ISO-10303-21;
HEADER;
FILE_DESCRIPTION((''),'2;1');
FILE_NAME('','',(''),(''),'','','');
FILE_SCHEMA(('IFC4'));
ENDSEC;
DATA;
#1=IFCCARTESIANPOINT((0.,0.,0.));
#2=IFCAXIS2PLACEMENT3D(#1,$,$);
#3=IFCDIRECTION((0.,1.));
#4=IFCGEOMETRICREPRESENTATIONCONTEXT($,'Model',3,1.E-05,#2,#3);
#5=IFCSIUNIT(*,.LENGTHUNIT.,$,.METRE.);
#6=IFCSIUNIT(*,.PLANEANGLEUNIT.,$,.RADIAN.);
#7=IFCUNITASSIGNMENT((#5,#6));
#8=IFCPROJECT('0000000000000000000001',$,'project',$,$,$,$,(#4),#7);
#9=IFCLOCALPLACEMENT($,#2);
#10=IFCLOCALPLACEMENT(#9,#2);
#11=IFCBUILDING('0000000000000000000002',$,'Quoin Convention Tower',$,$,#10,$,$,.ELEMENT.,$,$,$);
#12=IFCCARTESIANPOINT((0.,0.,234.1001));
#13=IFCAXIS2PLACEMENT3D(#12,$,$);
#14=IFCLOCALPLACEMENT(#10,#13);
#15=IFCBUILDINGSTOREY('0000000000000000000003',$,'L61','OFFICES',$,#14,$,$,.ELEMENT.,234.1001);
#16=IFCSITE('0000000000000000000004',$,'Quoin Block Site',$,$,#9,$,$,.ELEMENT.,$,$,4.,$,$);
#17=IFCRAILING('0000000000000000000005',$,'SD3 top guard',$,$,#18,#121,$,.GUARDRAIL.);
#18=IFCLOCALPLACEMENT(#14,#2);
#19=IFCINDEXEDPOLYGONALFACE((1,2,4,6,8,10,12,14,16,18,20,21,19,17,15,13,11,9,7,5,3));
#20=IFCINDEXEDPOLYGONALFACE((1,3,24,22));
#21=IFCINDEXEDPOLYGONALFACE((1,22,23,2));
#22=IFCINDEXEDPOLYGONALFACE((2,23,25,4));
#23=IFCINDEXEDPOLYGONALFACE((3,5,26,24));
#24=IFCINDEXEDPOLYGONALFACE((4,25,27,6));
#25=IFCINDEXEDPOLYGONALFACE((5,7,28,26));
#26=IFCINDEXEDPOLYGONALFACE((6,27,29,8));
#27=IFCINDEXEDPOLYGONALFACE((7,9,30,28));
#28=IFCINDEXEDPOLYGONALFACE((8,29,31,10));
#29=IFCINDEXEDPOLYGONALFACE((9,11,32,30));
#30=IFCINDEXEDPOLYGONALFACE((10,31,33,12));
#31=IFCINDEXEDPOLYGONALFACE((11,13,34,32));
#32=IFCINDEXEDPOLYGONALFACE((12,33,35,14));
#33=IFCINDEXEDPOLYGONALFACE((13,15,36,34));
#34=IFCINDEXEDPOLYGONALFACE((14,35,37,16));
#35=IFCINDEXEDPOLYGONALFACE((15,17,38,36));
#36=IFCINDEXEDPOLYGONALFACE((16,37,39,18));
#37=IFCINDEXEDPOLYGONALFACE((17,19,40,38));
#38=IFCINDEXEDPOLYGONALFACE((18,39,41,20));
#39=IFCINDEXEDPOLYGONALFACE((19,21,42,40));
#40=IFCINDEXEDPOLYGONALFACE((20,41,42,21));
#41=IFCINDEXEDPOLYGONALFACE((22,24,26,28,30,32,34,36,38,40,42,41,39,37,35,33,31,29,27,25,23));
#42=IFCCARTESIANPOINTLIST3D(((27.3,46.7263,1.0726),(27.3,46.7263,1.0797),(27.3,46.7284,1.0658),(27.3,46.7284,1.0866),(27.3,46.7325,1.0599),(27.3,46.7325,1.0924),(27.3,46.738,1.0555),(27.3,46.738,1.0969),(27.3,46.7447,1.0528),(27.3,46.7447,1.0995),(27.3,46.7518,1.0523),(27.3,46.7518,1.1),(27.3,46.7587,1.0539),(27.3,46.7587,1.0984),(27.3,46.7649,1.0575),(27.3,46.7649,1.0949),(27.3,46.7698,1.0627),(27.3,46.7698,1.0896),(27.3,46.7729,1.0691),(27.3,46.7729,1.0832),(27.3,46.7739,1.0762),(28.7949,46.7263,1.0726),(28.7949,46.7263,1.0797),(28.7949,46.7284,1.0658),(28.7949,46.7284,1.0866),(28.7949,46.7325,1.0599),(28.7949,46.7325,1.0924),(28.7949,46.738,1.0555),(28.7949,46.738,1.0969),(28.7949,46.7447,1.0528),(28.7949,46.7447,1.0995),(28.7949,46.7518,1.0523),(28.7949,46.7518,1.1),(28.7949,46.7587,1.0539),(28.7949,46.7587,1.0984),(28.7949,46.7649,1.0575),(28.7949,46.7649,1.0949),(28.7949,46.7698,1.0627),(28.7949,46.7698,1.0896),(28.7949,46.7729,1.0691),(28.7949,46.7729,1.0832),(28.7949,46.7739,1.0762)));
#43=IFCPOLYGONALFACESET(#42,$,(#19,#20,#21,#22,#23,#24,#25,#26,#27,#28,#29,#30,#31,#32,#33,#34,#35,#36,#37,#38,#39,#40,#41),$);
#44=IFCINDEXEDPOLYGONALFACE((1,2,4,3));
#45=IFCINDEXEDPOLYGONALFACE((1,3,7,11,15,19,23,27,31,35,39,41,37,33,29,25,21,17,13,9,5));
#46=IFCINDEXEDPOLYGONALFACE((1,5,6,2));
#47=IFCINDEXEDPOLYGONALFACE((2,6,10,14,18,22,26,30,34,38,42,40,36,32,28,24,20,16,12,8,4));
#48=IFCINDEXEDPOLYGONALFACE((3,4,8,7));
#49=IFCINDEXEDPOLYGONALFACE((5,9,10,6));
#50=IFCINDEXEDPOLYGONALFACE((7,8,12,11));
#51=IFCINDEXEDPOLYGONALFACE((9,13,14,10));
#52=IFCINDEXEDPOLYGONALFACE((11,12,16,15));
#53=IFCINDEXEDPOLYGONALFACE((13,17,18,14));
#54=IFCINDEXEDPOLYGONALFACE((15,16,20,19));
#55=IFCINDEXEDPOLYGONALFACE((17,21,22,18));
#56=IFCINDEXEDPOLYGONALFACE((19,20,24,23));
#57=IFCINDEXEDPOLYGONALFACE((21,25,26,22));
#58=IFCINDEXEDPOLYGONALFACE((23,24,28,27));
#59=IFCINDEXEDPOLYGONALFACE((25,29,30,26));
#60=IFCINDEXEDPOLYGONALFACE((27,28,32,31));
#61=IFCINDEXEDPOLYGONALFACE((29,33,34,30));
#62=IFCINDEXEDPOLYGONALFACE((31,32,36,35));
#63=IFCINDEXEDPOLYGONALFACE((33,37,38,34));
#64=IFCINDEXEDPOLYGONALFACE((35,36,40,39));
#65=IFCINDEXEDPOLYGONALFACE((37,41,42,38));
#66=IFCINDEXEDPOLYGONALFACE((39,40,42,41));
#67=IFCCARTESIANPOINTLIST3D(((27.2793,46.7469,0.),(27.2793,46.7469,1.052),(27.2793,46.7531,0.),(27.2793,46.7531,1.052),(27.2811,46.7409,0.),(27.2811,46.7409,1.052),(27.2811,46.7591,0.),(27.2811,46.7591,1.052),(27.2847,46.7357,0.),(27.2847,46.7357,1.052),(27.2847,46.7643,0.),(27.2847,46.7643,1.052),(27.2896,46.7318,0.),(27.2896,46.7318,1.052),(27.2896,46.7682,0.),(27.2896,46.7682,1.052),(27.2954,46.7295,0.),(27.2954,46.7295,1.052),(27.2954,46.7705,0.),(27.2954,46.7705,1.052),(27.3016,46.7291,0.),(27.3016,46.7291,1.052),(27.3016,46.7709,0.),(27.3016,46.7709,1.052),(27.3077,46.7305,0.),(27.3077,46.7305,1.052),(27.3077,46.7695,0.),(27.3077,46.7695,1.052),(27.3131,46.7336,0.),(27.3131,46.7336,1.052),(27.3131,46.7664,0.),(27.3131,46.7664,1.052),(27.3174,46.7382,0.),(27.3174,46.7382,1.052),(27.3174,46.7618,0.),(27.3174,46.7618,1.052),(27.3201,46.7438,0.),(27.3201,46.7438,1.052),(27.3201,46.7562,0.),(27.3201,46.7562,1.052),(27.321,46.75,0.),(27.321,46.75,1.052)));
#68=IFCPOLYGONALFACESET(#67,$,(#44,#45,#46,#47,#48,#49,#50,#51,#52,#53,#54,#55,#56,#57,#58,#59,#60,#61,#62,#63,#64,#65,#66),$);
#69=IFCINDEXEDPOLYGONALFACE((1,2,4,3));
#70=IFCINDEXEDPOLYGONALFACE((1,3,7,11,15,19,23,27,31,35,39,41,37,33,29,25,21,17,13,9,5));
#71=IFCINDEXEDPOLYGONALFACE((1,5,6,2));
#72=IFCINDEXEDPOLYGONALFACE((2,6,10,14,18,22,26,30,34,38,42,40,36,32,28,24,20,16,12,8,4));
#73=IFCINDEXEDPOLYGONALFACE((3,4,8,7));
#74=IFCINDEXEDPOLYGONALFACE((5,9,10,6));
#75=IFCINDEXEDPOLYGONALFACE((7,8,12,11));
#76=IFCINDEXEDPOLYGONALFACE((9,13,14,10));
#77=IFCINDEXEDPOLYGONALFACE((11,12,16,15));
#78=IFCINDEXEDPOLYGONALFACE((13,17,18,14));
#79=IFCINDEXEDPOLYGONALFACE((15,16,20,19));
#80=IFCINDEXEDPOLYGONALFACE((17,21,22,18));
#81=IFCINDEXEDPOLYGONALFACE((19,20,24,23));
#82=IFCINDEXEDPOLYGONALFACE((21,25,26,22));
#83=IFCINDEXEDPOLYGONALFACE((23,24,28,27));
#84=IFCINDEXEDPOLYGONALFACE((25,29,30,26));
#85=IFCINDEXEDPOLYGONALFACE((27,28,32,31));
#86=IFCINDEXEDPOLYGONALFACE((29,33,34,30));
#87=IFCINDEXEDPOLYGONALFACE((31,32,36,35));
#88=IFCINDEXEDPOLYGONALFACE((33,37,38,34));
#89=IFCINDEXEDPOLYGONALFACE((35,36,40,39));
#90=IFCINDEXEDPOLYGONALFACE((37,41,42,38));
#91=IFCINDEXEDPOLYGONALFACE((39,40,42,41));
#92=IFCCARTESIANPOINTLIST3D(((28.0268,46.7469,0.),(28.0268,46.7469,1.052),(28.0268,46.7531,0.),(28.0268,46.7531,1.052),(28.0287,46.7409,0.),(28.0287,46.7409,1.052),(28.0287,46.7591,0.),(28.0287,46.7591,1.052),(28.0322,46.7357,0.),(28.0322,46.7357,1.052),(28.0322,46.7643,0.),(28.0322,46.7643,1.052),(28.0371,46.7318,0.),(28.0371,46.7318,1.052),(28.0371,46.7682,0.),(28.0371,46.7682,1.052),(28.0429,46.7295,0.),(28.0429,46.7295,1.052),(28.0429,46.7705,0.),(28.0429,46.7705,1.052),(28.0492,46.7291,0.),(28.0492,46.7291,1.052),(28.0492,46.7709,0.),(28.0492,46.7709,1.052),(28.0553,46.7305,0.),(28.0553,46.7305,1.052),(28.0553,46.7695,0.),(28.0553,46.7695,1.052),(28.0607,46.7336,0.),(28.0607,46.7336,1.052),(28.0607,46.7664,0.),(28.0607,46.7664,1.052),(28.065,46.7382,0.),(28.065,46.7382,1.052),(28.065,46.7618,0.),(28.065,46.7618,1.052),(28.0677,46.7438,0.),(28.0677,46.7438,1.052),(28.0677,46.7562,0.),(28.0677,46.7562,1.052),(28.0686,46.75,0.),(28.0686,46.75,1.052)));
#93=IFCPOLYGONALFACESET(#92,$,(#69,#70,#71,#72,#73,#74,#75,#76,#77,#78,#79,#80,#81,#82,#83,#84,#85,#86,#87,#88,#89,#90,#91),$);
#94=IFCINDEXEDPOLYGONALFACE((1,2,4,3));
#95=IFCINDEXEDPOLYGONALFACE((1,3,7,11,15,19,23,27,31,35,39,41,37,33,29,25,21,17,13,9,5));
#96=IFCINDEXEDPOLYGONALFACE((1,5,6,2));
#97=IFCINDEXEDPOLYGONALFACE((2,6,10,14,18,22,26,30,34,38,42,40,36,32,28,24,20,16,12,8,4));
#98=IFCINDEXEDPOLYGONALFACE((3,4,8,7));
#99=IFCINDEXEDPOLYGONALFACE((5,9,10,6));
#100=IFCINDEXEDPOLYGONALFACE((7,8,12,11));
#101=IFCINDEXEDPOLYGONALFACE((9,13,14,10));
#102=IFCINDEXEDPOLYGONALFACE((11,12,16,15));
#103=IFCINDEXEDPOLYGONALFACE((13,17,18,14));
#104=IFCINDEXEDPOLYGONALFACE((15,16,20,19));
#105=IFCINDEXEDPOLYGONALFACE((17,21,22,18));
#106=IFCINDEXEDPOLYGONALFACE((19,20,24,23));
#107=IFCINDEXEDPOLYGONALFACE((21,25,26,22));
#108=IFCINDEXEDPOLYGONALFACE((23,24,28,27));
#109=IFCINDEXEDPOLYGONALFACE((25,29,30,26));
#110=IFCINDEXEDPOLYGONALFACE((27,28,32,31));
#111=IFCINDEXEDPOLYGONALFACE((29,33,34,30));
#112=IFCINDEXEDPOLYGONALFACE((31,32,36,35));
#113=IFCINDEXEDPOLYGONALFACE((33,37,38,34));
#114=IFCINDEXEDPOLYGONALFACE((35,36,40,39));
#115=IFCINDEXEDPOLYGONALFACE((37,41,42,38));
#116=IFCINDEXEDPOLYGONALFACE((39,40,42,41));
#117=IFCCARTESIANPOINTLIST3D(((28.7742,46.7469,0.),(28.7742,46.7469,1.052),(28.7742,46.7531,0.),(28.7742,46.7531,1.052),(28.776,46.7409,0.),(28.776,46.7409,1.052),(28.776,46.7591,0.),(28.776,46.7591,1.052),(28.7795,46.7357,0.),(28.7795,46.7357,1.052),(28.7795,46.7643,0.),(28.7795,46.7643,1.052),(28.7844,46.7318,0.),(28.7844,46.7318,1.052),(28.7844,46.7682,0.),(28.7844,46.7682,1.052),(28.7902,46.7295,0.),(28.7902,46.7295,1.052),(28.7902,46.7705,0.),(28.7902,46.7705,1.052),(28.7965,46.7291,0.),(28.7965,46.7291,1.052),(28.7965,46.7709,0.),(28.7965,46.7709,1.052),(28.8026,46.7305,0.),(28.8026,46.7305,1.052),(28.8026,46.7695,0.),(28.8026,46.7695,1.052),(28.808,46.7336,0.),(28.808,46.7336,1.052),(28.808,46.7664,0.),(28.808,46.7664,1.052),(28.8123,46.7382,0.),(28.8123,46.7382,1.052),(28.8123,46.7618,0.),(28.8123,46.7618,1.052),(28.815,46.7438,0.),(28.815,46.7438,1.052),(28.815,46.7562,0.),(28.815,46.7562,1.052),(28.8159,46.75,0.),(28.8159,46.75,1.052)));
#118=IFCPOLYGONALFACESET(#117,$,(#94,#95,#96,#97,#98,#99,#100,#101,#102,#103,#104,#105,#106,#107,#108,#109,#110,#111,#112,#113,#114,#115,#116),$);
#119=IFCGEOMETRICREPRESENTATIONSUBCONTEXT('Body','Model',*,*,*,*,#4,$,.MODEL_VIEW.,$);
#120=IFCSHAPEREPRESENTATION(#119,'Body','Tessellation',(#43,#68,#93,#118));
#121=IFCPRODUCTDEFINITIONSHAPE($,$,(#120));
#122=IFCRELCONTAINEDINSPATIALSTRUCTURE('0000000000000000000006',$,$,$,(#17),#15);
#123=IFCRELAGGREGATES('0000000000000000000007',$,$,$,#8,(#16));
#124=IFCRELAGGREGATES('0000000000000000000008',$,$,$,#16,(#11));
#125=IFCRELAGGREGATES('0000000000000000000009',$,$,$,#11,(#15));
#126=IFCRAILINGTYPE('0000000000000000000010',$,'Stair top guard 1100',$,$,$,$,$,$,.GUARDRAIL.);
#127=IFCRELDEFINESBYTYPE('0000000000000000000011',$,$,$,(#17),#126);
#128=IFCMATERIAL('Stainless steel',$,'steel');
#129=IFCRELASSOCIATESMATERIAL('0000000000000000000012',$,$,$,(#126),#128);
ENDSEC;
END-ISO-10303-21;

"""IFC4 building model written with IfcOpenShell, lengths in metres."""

from ifc_helpers import new_model, si_unit, direction, frame, origin, origin_2d, place, context, subcontext, project, spatial, circle, extrude, material, type_object, element, save


model = new_model("IFC4")

# Units and contexts
model_context = context("Model", 3, precision=1e-05, world=origin(), true_north=direction((0.0, 1.0)))
body_context = subcontext(model_context, "Body", "Model", "MODEL_VIEW")
ifc_project = project(units=[si_unit("LENGTHUNIT", "METRE"), si_unit("PLANEANGLEUNIT", "RADIAN")], contexts=[model_context])

# Site, building, storey
site_placement = place(None, origin())
site = spatial("IfcSite", under=ifc_project, at=site_placement, Name="Quoin Block Site", CompositionType="ELEMENT", RefElevation=4.0)
building_placement = place(site_placement, origin())
building = spatial("IfcBuilding", under=site, at=building_placement, Name="Quoin Convention Tower", CompositionType="ELEMENT")
storey_placement = place(building_placement, frame((0.0, 0.0, 234.1001)))
storey = spatial("IfcBuildingStorey", under=building, at=storey_placement, Name="L61", Description="OFFICES", CompositionType="ELEMENT", Elevation=234.1001)

# Railing
ifc_material_1 = material(Name="Stainless steel", Category="steel")
railing_type_1 = type_object("IfcRailingType", Name="Stair top guard 1100", PredefinedType="GUARDRAIL", material=ifc_material_1)
railing_1_placement = place(storey_placement, frame((27.3, 46.75, 0.0)))
element("IfcRailing", 1, at=railing_1_placement, inside=storey, type_object=railing_type_1, Name="SD3 top guard", PredefinedType="GUARDRAIL", context=body_context, shape_type="SweptSolid", body=[
    extrude(circle(Radius=0.0239, at=origin_2d()), frame((0.0, 0.0, 1.0762), z_axis=(1.0, 0.0, 0.0), x_axis=(0.0, 1.0, 0.0)), (0.0, 0.0, 1.0), 1.4949),
    extrude(circle(Radius=0.021, at=origin_2d()), origin(), (0.0, 0.0, 1.0), 1.052),
    extrude(circle(Radius=0.021, at=origin_2d()), frame((0.7476, 0.0, 0.0)), (0.0, 0.0, 1.0), 1.052),
    extrude(circle(Radius=0.021, at=origin_2d()), frame((1.4949, 0.0, 0.0)), (0.0, 0.0, 1.0), 1.052),
])

save(model, "model.ifc")
